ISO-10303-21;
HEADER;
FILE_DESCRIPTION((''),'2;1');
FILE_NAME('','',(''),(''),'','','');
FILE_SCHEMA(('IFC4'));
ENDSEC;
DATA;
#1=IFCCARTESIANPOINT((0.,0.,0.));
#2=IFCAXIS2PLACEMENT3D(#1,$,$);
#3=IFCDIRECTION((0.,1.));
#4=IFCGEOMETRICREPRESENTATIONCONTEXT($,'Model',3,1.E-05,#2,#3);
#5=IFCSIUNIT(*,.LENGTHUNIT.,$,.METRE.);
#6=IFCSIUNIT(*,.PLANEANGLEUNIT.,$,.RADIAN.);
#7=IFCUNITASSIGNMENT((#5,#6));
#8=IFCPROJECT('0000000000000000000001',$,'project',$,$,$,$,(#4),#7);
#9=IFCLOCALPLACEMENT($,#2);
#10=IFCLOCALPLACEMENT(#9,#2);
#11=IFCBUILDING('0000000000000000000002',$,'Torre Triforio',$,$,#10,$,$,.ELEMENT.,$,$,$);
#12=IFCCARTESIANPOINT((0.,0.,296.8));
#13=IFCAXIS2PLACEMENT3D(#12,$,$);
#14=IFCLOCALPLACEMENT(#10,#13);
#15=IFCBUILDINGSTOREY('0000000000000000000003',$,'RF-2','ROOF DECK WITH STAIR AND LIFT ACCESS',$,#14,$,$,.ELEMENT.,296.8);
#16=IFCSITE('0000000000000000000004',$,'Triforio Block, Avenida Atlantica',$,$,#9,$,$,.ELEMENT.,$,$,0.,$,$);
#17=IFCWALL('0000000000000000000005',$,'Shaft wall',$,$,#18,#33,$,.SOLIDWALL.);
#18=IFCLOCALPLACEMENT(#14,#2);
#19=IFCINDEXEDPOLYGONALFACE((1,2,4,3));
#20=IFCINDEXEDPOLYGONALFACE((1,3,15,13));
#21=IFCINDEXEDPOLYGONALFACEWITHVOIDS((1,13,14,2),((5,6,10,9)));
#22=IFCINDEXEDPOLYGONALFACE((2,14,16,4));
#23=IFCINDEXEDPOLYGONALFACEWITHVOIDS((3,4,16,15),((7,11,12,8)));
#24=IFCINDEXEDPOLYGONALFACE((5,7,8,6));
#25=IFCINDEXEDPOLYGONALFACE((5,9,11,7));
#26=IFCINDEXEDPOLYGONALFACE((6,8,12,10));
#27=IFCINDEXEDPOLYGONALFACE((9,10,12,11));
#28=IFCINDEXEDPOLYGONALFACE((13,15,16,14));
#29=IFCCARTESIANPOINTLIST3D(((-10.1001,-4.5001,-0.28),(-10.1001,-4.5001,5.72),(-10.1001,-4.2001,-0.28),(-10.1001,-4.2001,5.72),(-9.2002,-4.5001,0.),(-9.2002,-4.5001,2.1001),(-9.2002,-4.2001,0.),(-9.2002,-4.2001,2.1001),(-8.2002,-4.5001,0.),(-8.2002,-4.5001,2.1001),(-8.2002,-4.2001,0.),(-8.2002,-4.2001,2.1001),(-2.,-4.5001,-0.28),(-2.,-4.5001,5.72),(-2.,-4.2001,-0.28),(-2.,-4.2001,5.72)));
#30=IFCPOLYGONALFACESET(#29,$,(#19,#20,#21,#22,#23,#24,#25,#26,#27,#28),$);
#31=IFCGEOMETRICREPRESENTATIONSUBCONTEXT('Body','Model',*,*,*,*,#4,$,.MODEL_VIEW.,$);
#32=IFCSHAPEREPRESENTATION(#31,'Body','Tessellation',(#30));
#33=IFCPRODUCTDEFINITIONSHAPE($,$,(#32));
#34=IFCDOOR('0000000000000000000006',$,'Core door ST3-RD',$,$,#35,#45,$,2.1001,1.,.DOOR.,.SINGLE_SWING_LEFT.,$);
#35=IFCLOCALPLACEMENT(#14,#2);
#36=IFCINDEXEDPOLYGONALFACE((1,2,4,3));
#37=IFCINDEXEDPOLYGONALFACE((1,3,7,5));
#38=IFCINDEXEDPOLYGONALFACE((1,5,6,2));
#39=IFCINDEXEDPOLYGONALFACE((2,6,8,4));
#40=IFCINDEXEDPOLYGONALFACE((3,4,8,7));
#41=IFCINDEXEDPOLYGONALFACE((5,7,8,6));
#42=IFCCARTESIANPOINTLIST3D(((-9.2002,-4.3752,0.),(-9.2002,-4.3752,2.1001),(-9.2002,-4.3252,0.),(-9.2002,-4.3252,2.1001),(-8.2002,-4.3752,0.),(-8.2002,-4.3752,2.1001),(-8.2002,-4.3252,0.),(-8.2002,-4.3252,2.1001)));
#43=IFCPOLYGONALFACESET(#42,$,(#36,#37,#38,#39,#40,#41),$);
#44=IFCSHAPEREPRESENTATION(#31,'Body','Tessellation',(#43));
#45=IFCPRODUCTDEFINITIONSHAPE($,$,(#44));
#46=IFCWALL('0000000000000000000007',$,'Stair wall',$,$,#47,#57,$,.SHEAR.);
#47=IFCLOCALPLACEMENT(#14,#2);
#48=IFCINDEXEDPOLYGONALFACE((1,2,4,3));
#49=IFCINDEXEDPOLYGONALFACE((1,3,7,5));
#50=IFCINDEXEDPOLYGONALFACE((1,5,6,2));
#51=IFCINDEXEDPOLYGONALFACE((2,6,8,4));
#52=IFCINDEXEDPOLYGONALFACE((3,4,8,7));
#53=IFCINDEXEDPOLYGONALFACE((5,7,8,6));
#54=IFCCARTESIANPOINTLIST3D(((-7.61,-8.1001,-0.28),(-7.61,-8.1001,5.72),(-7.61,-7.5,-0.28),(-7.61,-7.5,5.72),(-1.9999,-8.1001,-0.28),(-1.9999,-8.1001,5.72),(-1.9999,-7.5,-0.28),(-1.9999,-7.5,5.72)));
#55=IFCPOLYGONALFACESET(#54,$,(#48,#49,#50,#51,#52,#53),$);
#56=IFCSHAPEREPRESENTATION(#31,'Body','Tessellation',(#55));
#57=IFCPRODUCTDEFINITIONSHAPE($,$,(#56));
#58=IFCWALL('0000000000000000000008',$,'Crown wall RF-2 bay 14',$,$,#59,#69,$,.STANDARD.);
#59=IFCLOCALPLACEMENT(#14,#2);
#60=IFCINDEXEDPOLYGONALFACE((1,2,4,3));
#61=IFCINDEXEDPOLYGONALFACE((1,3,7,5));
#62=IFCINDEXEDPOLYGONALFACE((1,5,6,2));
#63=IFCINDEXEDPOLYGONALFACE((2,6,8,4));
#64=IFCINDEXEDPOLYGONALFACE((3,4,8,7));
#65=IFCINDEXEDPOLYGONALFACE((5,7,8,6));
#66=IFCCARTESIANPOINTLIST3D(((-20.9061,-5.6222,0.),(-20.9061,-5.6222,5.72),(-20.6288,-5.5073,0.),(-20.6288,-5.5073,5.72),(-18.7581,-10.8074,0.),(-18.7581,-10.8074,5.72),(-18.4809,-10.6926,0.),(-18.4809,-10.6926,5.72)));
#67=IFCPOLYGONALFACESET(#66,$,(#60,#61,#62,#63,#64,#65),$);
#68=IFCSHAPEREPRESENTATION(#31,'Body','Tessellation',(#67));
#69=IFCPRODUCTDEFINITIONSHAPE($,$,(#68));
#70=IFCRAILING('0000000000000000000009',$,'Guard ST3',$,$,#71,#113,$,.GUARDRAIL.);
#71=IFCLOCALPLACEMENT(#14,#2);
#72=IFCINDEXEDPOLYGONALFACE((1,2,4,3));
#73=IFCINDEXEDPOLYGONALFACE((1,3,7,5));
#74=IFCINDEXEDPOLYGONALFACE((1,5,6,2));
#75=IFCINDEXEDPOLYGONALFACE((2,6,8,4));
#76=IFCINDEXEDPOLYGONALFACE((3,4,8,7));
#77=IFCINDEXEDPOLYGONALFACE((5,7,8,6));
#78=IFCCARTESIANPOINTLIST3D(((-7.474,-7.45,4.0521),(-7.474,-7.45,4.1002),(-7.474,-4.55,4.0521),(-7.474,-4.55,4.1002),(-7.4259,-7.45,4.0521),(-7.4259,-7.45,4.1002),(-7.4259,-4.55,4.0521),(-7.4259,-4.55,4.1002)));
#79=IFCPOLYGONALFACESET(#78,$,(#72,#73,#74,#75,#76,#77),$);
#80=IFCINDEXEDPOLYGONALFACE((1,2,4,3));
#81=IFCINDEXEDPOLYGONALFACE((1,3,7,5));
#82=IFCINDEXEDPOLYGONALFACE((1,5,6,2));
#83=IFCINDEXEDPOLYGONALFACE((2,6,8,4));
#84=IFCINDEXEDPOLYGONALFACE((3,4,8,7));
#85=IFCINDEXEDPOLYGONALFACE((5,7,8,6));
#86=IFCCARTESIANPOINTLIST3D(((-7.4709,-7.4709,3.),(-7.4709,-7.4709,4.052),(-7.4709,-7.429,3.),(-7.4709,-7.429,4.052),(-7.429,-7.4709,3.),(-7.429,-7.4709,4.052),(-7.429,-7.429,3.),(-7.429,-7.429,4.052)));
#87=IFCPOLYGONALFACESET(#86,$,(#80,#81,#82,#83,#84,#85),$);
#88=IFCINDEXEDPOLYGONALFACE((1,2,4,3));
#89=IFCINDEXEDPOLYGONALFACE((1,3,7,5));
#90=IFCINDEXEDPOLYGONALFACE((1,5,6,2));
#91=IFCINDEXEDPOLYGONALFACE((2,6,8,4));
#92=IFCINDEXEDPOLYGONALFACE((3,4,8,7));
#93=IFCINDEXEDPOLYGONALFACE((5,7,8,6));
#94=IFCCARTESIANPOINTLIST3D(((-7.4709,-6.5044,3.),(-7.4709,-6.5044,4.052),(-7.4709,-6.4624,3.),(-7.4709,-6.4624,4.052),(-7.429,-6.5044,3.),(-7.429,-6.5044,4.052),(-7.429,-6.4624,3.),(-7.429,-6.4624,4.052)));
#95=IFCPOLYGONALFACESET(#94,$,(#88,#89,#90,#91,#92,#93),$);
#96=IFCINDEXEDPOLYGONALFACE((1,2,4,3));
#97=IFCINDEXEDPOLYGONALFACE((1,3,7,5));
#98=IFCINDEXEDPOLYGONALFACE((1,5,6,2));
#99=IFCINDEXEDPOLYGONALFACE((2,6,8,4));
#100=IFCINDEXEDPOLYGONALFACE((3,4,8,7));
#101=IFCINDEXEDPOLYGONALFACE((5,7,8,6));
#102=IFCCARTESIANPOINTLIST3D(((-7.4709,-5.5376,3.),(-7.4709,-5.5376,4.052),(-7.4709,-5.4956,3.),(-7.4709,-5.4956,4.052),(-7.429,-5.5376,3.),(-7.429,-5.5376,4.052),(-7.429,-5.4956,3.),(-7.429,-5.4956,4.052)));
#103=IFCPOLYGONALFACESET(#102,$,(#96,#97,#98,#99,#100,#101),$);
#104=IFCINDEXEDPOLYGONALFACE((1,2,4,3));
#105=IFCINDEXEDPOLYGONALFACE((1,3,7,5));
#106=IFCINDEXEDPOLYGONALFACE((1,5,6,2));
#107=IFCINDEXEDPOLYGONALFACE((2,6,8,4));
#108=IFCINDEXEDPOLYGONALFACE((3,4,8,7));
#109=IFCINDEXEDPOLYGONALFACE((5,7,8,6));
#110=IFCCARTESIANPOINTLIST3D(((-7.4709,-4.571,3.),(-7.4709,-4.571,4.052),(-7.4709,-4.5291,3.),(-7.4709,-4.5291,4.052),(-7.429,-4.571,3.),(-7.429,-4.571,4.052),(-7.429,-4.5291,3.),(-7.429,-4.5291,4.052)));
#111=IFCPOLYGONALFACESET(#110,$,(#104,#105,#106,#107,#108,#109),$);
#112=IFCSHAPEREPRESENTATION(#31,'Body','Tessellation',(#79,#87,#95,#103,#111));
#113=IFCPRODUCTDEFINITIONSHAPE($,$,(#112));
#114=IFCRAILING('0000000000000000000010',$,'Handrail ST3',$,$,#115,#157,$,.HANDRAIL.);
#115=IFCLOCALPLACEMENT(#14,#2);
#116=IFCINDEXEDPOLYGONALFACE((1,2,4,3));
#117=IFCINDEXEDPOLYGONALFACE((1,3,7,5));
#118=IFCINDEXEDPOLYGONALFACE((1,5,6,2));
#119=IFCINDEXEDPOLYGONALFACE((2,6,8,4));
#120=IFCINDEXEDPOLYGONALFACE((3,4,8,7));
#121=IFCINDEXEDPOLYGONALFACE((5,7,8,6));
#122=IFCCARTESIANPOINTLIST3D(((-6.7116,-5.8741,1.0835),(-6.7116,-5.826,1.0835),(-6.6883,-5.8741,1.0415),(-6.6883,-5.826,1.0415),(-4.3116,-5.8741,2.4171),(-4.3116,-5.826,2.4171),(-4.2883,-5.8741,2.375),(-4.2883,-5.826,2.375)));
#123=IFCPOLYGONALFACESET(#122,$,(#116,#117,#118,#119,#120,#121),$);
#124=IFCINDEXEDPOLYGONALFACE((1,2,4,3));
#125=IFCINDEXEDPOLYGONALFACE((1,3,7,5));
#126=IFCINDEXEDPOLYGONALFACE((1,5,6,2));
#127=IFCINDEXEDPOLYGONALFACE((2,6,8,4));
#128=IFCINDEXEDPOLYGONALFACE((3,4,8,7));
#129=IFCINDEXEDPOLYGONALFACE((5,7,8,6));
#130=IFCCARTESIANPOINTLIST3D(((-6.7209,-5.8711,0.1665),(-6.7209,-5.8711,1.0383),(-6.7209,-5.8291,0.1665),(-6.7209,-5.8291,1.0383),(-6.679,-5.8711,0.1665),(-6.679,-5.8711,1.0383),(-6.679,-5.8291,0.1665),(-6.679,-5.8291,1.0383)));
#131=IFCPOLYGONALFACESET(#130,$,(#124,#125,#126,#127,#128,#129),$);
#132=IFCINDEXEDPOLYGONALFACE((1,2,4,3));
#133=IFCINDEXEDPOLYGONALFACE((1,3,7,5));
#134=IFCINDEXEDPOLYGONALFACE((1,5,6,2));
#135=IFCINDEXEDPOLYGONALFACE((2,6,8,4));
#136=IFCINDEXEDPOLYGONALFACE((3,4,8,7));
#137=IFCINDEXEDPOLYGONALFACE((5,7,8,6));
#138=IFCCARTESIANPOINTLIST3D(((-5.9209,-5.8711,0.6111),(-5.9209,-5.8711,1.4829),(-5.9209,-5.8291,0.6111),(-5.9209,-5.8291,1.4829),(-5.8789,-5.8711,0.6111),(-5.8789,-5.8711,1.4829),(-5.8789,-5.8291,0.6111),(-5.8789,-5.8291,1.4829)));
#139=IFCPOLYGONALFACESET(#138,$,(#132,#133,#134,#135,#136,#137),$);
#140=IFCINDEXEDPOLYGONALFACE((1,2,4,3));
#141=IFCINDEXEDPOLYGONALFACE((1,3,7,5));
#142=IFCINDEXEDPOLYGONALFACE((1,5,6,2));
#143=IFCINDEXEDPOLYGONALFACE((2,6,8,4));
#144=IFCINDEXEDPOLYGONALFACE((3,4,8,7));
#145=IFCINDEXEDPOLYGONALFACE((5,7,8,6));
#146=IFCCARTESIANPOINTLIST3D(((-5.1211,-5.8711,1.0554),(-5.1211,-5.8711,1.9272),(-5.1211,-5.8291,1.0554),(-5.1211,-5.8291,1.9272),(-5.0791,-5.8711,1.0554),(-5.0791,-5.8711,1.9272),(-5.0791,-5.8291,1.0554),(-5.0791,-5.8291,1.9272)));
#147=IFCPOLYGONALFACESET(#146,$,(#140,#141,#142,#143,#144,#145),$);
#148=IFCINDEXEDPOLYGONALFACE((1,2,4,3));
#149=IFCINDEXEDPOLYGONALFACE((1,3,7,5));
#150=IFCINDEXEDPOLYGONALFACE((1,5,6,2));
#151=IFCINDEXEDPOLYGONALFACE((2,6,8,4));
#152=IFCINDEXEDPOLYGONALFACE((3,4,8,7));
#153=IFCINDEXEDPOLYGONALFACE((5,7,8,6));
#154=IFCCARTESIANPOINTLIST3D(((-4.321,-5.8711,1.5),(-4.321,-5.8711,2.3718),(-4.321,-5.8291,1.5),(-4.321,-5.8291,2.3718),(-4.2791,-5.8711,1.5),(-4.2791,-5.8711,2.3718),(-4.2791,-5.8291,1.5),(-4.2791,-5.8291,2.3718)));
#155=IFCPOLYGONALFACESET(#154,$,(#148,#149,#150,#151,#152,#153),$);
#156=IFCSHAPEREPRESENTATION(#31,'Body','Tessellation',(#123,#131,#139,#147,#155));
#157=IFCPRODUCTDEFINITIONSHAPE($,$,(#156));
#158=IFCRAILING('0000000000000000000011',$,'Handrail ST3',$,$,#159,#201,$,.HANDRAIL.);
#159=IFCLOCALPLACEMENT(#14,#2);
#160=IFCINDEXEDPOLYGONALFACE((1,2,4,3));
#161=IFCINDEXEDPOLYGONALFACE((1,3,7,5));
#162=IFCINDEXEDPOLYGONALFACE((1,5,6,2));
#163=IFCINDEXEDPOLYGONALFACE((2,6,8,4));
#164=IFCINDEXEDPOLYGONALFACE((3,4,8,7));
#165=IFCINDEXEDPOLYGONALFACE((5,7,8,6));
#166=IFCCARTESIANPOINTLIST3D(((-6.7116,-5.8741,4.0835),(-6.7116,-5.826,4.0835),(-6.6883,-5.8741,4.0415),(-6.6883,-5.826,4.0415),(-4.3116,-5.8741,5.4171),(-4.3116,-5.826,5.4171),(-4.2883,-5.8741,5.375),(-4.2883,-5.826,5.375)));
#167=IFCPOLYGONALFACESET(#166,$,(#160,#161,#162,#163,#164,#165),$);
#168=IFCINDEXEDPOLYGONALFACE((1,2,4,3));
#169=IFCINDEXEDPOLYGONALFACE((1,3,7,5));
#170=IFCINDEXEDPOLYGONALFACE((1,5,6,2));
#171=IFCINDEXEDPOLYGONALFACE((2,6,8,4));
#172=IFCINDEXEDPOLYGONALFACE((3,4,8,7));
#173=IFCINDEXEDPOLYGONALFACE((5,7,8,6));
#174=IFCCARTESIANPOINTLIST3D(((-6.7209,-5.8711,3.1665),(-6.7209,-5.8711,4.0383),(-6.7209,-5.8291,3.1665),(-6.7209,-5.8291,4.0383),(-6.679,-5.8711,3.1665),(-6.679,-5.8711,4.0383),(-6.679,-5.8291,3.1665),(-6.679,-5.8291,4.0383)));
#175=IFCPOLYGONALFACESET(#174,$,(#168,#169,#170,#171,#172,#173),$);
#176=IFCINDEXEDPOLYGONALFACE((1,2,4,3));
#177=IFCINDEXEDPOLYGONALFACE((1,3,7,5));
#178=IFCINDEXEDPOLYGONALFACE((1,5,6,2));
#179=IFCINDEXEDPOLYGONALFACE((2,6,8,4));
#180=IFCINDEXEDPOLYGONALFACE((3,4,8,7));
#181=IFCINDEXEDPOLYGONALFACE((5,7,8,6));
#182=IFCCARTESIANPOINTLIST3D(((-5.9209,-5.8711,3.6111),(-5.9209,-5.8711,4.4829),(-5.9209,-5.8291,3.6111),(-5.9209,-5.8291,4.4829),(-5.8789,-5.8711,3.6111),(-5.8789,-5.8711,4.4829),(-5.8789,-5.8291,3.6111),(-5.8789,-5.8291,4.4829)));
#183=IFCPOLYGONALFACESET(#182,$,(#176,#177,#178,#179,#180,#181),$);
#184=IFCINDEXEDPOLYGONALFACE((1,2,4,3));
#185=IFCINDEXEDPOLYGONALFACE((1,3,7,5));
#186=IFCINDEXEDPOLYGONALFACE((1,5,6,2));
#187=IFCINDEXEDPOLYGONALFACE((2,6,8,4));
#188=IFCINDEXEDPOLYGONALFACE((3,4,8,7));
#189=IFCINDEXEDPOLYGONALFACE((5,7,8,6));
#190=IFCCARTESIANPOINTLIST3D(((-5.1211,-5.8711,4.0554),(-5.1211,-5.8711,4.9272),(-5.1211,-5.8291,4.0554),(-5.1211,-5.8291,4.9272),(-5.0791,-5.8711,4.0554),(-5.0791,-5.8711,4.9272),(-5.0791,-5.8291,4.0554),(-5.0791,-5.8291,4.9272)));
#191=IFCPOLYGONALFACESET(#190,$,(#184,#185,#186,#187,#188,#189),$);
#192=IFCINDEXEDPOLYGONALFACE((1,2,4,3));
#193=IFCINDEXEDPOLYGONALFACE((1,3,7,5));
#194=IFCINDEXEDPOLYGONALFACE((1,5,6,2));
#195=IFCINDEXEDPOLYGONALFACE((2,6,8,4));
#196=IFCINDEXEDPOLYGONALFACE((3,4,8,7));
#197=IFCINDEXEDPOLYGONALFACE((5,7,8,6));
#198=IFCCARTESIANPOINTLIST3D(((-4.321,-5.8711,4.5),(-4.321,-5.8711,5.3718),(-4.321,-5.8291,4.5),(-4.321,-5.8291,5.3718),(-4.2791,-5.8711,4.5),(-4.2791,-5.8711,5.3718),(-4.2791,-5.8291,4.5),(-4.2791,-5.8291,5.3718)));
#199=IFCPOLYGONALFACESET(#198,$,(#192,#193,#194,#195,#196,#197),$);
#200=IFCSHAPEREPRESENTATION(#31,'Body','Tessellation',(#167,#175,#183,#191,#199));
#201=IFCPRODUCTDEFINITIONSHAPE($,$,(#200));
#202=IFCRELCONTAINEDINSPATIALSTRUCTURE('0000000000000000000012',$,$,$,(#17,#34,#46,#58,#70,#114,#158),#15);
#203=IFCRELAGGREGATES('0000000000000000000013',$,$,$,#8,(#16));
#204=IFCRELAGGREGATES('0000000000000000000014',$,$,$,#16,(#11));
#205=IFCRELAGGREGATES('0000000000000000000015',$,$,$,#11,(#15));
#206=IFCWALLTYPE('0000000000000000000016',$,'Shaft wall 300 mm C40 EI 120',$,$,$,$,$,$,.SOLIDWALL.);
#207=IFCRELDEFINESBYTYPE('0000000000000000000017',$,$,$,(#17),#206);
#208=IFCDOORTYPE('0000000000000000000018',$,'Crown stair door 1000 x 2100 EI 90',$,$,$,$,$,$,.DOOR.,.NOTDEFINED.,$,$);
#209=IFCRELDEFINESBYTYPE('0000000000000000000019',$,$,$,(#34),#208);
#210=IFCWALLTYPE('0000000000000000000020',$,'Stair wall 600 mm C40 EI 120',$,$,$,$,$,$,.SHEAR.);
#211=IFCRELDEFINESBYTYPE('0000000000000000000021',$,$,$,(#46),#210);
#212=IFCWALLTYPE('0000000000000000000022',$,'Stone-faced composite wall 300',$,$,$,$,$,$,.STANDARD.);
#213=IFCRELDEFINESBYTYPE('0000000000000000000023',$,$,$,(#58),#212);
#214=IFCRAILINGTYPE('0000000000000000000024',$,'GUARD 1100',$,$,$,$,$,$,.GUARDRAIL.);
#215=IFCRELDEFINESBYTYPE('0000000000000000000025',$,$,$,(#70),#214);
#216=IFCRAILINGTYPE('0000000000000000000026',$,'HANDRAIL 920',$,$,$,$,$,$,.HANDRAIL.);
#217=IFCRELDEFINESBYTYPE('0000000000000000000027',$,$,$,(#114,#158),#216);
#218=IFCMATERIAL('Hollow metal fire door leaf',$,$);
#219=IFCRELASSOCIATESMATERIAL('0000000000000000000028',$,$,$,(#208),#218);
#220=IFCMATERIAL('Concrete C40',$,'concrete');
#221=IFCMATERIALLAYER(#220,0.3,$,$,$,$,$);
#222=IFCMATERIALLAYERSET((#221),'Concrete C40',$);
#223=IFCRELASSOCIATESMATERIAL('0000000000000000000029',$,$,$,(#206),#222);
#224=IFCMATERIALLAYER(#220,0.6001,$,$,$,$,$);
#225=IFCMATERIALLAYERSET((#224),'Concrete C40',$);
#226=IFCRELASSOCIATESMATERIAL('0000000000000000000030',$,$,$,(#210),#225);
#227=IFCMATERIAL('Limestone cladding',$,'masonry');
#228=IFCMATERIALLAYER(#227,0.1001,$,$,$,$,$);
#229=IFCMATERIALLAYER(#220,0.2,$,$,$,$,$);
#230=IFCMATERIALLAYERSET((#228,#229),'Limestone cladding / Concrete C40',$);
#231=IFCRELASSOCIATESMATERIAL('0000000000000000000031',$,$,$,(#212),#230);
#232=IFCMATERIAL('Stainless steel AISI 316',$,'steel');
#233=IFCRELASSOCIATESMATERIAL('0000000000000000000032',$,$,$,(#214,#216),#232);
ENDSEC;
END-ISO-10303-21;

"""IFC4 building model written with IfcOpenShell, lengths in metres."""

from ifc_helpers import new_model, si_unit, direction, frame, frame_2d, origin, origin_2d, place, context, subcontext, project, spatial, polyline, rectangle, outline, extrude, material, layer, layer_set, type_object, element, fill, save


model = new_model("IFC4")

# Units and contexts
model_context = context("Model", 3, precision=1e-05, world=origin(), true_north=direction((0.0, 1.0)))
body_context = subcontext(model_context, "Body", "Model", "MODEL_VIEW")
ifc_project = project(units=[si_unit("LENGTHUNIT", "METRE"), si_unit("PLANEANGLEUNIT", "RADIAN")], contexts=[model_context])

# Site, building, storey
site_placement = place(None, origin())
site = spatial("IfcSite", under=ifc_project, at=site_placement, Name="Triforio Block, Avenida Atlantica", CompositionType="ELEMENT", RefElevation=0.0)
building_placement = place(site_placement, origin())
building = spatial("IfcBuilding", under=site, at=building_placement, Name="Torre Triforio", CompositionType="ELEMENT")
storey_placement = place(building_placement, frame((0.0, 0.0, 296.8)))
storey = spatial("IfcBuildingStorey", under=building, at=storey_placement, Name="RF-2", Description="ROOF DECK WITH STAIR AND LIFT ACCESS", CompositionType="ELEMENT", Elevation=296.8)

# Shared definitions
ifc_material_1 = material(Name="Concrete C40", Category="concrete")

# Wall, opening, door
ifc_material_2 = material(Name="Hollow metal fire door leaf")
door_type = type_object("IfcDoorType", Name="Crown stair door 1000 x 2100 EI 90", OperationType="NOTDEFINED", PredefinedType="DOOR", material=ifc_material_2)
ifc_layer_1 = layer(ifc_material_1, 0.3)
ifc_layer_set_1 = layer_set([ifc_layer_1], Name="Concrete C40")
wall_type_1 = type_object("IfcWallType", Name="Shaft wall 300 mm C40 EI 120", PredefinedType="SOLIDWALL", material=ifc_layer_set_1)
wall_1_placement = place(storey_placement, frame((-10.1001, -4.3501, -0.28), z_axis=(0.0, 0.0, 1.0), x_axis=(1.0, 0.0, 0.0)))
wall_1 = element("IfcWall", 1, at=wall_1_placement, inside=storey, type_object=wall_type_1, Name="Shaft wall", PredefinedType="SOLIDWALL", context=body_context, shape_type="SweptSolid", body=[
    extrude(rectangle(XDim=8.1001, YDim=0.3, at=frame_2d((4.05, 0.0))), origin(), (0.0, 0.0, 1.0), 6.0),
])
opening_1_placement = place(wall_1_placement, frame((0.8999, 0.0, 0.28)))
opening_1 = element("IfcOpeningElement", 2, at=opening_1_placement, cuts=wall_1, PredefinedType="OPENING", context=body_context, shape_type="SweptSolid", body=[
    extrude(rectangle(XDim=1.0, YDim=2.1001, at=frame_2d((0.5, 1.05))), frame((0.0, 0.1599, 0.0), z_axis=(0.0, -1.0, 0.0), x_axis=(1.0, 0.0, 0.0)), (0.0, 0.0, 1.0), 0.3201),
])
door_1_placement = place(opening_1_placement, origin())
door_1 = element("IfcDoor", 3, at=door_1_placement, inside=storey, type_object=door_type, Name="Core door ST3-RD", OperationType="SINGLE_SWING_LEFT", OverallHeight=2.1001, OverallWidth=1.0, PredefinedType="DOOR", context=body_context, shape_type="SweptSolid", body=[
    extrude(rectangle(XDim=1.0, YDim=2.1001, at=frame_2d((0.5, 1.05))), frame((0.0, 0.0249, 0.0), z_axis=(0.0, -1.0, 0.0), x_axis=(1.0, 0.0, 0.0)), (0.0, 0.0, 1.0), 0.05),
])
fill(opening_1, door_1)

# Walls
ifc_layer_2 = layer(ifc_material_1, 0.6001)
ifc_layer_set_2 = layer_set([ifc_layer_2], Name="Concrete C40")
wall_type_2 = type_object("IfcWallType", Name="Stair wall 600 mm C40 EI 120", PredefinedType="SHEAR", material=ifc_layer_set_2)
wall_2_placement = place(storey_placement, frame((-7.6101, -7.8, -0.28), z_axis=(0.0, 0.0, 1.0), x_axis=(1.0, 0.0, 0.0)))
element("IfcWall", 4, at=wall_2_placement, inside=storey, type_object=wall_type_2, Name="Stair wall", PredefinedType="SHEAR", context=body_context, shape_type="SweptSolid", body=[
    extrude(rectangle(XDim=5.6101, YDim=0.6001, at=frame_2d((2.8052, 0.0))), origin(), (0.0, 0.0, 1.0), 6.0),
])
ifc_material_3 = material(Name="Limestone cladding", Category="masonry")
ifc_layer_3 = layer(ifc_material_3, 0.1001)
ifc_layer_4 = layer(ifc_material_1, 0.2)
ifc_layer_set_3 = layer_set([ifc_layer_3, ifc_layer_4], Name="Limestone cladding / Concrete C40")
wall_type_3 = type_object("IfcWallType", Name="Stone-faced composite wall 300", PredefinedType="STANDARD", material=ifc_layer_set_3)
wall_3_placement = place(storey_placement, frame((-20.7673, -5.5647, 0.0), z_axis=(0.0, 0.0, 1.0), x_axis=(0.382703, -0.923872, 0.0)))
element("IfcWall", 5, at=wall_3_placement, inside=storey, type_object=wall_type_3, Name="Crown wall RF-2 bay 14", PredefinedType="STANDARD", context=body_context, shape_type="SweptSolid", body=[
    extrude(outline(polyline([(0.0, 0.0), (5.6125, 0.0), (5.6125, 5.72), (0.0, 5.72), (0.0, 0.0)])), frame((0.0, 0.1499, 0.0), z_axis=(0.0, -1.0, 0.0), x_axis=(1.0, 0.0, 0.0)), (0.0, 0.0, 1.0), 0.3),
])

# Railings
ifc_material_4 = material(Name="Stainless steel AISI 316", Category="steel")
railing_type_1 = type_object("IfcRailingType", Name="GUARD 1100", PredefinedType="GUARDRAIL", material=ifc_material_4)
railing_1_placement = place(storey_placement, frame((-7.45, -7.45, 3.0)))
element("IfcRailing", 6, at=railing_1_placement, inside=storey, type_object=railing_type_1, Name="Guard ST3", PredefinedType="GUARDRAIL", context=body_context, shape_type="SweptSolid", body=[
    extrude(rectangle(XDim=0.0481, YDim=0.0481, at=origin_2d()), frame((0.0, 0.0, 1.0762), z_axis=(0.0, 1.0, 0.0), x_axis=(-1.0, 0.0, 0.0)), (0.0, 0.0, 1.0), 2.8999),
    extrude(rectangle(XDim=0.042, YDim=0.042, at=origin_2d()), origin(), (0.0, 0.0, 1.0), 1.052),
    extrude(rectangle(XDim=0.042, YDim=0.042, at=origin_2d()), frame((0.0, 0.9666, 0.0)), (0.0, 0.0, 1.0), 1.052),
    extrude(rectangle(XDim=0.042, YDim=0.042, at=origin_2d()), frame((0.0, 1.9333, 0.0)), (0.0, 0.0, 1.0), 1.052),
    extrude(rectangle(XDim=0.042, YDim=0.042, at=origin_2d()), frame((0.0, 2.8999, 0.0)), (0.0, 0.0, 1.0), 1.052),
])
railing_type_2 = type_object("IfcRailingType", Name="HANDRAIL 920", PredefinedType="HANDRAIL", material=ifc_material_4)
for number, where, name in (
    (7, (-6.7, -5.8501, 0.1665), "Handrail ST3"),
    (8, (-6.7, -5.8501, 3.1665), "Handrail ST3"),
):
    element("IfcRailing", number, at=place(storey_placement, frame(where)), inside=storey, type_object=railing_type_2, Name=name, PredefinedType="HANDRAIL", context=body_context, shape_type="SweptSolid", body=[
        extrude(rectangle(XDim=0.0481, YDim=0.0481, at=origin_2d()), frame((0.0, 0.0, 0.896), z_axis=(0.874124, 0.0, 0.485703), x_axis=(0.0, 1.0, 0.0)), (0.0, 0.0, 1.0), 2.7456),
        extrude(rectangle(XDim=0.042, YDim=0.042, at=origin_2d()), origin(), (0.0, 0.0, 1.0), 0.8718),
        extrude(rectangle(XDim=0.042, YDim=0.042, at=origin_2d()), frame((0.8, 0.0, 0.4446)), (0.0, 0.0, 1.0), 0.8718),
        extrude(rectangle(XDim=0.042, YDim=0.042, at=origin_2d()), frame((1.5999, 0.0, 0.8889)), (0.0, 0.0, 1.0), 0.8718),
        extrude(rectangle(XDim=0.042, YDim=0.042, at=origin_2d()), frame((2.3999, 0.0, 1.3335)), (0.0, 0.0, 1.0), 0.8718),
    ])

save(model, "model.ifc")
